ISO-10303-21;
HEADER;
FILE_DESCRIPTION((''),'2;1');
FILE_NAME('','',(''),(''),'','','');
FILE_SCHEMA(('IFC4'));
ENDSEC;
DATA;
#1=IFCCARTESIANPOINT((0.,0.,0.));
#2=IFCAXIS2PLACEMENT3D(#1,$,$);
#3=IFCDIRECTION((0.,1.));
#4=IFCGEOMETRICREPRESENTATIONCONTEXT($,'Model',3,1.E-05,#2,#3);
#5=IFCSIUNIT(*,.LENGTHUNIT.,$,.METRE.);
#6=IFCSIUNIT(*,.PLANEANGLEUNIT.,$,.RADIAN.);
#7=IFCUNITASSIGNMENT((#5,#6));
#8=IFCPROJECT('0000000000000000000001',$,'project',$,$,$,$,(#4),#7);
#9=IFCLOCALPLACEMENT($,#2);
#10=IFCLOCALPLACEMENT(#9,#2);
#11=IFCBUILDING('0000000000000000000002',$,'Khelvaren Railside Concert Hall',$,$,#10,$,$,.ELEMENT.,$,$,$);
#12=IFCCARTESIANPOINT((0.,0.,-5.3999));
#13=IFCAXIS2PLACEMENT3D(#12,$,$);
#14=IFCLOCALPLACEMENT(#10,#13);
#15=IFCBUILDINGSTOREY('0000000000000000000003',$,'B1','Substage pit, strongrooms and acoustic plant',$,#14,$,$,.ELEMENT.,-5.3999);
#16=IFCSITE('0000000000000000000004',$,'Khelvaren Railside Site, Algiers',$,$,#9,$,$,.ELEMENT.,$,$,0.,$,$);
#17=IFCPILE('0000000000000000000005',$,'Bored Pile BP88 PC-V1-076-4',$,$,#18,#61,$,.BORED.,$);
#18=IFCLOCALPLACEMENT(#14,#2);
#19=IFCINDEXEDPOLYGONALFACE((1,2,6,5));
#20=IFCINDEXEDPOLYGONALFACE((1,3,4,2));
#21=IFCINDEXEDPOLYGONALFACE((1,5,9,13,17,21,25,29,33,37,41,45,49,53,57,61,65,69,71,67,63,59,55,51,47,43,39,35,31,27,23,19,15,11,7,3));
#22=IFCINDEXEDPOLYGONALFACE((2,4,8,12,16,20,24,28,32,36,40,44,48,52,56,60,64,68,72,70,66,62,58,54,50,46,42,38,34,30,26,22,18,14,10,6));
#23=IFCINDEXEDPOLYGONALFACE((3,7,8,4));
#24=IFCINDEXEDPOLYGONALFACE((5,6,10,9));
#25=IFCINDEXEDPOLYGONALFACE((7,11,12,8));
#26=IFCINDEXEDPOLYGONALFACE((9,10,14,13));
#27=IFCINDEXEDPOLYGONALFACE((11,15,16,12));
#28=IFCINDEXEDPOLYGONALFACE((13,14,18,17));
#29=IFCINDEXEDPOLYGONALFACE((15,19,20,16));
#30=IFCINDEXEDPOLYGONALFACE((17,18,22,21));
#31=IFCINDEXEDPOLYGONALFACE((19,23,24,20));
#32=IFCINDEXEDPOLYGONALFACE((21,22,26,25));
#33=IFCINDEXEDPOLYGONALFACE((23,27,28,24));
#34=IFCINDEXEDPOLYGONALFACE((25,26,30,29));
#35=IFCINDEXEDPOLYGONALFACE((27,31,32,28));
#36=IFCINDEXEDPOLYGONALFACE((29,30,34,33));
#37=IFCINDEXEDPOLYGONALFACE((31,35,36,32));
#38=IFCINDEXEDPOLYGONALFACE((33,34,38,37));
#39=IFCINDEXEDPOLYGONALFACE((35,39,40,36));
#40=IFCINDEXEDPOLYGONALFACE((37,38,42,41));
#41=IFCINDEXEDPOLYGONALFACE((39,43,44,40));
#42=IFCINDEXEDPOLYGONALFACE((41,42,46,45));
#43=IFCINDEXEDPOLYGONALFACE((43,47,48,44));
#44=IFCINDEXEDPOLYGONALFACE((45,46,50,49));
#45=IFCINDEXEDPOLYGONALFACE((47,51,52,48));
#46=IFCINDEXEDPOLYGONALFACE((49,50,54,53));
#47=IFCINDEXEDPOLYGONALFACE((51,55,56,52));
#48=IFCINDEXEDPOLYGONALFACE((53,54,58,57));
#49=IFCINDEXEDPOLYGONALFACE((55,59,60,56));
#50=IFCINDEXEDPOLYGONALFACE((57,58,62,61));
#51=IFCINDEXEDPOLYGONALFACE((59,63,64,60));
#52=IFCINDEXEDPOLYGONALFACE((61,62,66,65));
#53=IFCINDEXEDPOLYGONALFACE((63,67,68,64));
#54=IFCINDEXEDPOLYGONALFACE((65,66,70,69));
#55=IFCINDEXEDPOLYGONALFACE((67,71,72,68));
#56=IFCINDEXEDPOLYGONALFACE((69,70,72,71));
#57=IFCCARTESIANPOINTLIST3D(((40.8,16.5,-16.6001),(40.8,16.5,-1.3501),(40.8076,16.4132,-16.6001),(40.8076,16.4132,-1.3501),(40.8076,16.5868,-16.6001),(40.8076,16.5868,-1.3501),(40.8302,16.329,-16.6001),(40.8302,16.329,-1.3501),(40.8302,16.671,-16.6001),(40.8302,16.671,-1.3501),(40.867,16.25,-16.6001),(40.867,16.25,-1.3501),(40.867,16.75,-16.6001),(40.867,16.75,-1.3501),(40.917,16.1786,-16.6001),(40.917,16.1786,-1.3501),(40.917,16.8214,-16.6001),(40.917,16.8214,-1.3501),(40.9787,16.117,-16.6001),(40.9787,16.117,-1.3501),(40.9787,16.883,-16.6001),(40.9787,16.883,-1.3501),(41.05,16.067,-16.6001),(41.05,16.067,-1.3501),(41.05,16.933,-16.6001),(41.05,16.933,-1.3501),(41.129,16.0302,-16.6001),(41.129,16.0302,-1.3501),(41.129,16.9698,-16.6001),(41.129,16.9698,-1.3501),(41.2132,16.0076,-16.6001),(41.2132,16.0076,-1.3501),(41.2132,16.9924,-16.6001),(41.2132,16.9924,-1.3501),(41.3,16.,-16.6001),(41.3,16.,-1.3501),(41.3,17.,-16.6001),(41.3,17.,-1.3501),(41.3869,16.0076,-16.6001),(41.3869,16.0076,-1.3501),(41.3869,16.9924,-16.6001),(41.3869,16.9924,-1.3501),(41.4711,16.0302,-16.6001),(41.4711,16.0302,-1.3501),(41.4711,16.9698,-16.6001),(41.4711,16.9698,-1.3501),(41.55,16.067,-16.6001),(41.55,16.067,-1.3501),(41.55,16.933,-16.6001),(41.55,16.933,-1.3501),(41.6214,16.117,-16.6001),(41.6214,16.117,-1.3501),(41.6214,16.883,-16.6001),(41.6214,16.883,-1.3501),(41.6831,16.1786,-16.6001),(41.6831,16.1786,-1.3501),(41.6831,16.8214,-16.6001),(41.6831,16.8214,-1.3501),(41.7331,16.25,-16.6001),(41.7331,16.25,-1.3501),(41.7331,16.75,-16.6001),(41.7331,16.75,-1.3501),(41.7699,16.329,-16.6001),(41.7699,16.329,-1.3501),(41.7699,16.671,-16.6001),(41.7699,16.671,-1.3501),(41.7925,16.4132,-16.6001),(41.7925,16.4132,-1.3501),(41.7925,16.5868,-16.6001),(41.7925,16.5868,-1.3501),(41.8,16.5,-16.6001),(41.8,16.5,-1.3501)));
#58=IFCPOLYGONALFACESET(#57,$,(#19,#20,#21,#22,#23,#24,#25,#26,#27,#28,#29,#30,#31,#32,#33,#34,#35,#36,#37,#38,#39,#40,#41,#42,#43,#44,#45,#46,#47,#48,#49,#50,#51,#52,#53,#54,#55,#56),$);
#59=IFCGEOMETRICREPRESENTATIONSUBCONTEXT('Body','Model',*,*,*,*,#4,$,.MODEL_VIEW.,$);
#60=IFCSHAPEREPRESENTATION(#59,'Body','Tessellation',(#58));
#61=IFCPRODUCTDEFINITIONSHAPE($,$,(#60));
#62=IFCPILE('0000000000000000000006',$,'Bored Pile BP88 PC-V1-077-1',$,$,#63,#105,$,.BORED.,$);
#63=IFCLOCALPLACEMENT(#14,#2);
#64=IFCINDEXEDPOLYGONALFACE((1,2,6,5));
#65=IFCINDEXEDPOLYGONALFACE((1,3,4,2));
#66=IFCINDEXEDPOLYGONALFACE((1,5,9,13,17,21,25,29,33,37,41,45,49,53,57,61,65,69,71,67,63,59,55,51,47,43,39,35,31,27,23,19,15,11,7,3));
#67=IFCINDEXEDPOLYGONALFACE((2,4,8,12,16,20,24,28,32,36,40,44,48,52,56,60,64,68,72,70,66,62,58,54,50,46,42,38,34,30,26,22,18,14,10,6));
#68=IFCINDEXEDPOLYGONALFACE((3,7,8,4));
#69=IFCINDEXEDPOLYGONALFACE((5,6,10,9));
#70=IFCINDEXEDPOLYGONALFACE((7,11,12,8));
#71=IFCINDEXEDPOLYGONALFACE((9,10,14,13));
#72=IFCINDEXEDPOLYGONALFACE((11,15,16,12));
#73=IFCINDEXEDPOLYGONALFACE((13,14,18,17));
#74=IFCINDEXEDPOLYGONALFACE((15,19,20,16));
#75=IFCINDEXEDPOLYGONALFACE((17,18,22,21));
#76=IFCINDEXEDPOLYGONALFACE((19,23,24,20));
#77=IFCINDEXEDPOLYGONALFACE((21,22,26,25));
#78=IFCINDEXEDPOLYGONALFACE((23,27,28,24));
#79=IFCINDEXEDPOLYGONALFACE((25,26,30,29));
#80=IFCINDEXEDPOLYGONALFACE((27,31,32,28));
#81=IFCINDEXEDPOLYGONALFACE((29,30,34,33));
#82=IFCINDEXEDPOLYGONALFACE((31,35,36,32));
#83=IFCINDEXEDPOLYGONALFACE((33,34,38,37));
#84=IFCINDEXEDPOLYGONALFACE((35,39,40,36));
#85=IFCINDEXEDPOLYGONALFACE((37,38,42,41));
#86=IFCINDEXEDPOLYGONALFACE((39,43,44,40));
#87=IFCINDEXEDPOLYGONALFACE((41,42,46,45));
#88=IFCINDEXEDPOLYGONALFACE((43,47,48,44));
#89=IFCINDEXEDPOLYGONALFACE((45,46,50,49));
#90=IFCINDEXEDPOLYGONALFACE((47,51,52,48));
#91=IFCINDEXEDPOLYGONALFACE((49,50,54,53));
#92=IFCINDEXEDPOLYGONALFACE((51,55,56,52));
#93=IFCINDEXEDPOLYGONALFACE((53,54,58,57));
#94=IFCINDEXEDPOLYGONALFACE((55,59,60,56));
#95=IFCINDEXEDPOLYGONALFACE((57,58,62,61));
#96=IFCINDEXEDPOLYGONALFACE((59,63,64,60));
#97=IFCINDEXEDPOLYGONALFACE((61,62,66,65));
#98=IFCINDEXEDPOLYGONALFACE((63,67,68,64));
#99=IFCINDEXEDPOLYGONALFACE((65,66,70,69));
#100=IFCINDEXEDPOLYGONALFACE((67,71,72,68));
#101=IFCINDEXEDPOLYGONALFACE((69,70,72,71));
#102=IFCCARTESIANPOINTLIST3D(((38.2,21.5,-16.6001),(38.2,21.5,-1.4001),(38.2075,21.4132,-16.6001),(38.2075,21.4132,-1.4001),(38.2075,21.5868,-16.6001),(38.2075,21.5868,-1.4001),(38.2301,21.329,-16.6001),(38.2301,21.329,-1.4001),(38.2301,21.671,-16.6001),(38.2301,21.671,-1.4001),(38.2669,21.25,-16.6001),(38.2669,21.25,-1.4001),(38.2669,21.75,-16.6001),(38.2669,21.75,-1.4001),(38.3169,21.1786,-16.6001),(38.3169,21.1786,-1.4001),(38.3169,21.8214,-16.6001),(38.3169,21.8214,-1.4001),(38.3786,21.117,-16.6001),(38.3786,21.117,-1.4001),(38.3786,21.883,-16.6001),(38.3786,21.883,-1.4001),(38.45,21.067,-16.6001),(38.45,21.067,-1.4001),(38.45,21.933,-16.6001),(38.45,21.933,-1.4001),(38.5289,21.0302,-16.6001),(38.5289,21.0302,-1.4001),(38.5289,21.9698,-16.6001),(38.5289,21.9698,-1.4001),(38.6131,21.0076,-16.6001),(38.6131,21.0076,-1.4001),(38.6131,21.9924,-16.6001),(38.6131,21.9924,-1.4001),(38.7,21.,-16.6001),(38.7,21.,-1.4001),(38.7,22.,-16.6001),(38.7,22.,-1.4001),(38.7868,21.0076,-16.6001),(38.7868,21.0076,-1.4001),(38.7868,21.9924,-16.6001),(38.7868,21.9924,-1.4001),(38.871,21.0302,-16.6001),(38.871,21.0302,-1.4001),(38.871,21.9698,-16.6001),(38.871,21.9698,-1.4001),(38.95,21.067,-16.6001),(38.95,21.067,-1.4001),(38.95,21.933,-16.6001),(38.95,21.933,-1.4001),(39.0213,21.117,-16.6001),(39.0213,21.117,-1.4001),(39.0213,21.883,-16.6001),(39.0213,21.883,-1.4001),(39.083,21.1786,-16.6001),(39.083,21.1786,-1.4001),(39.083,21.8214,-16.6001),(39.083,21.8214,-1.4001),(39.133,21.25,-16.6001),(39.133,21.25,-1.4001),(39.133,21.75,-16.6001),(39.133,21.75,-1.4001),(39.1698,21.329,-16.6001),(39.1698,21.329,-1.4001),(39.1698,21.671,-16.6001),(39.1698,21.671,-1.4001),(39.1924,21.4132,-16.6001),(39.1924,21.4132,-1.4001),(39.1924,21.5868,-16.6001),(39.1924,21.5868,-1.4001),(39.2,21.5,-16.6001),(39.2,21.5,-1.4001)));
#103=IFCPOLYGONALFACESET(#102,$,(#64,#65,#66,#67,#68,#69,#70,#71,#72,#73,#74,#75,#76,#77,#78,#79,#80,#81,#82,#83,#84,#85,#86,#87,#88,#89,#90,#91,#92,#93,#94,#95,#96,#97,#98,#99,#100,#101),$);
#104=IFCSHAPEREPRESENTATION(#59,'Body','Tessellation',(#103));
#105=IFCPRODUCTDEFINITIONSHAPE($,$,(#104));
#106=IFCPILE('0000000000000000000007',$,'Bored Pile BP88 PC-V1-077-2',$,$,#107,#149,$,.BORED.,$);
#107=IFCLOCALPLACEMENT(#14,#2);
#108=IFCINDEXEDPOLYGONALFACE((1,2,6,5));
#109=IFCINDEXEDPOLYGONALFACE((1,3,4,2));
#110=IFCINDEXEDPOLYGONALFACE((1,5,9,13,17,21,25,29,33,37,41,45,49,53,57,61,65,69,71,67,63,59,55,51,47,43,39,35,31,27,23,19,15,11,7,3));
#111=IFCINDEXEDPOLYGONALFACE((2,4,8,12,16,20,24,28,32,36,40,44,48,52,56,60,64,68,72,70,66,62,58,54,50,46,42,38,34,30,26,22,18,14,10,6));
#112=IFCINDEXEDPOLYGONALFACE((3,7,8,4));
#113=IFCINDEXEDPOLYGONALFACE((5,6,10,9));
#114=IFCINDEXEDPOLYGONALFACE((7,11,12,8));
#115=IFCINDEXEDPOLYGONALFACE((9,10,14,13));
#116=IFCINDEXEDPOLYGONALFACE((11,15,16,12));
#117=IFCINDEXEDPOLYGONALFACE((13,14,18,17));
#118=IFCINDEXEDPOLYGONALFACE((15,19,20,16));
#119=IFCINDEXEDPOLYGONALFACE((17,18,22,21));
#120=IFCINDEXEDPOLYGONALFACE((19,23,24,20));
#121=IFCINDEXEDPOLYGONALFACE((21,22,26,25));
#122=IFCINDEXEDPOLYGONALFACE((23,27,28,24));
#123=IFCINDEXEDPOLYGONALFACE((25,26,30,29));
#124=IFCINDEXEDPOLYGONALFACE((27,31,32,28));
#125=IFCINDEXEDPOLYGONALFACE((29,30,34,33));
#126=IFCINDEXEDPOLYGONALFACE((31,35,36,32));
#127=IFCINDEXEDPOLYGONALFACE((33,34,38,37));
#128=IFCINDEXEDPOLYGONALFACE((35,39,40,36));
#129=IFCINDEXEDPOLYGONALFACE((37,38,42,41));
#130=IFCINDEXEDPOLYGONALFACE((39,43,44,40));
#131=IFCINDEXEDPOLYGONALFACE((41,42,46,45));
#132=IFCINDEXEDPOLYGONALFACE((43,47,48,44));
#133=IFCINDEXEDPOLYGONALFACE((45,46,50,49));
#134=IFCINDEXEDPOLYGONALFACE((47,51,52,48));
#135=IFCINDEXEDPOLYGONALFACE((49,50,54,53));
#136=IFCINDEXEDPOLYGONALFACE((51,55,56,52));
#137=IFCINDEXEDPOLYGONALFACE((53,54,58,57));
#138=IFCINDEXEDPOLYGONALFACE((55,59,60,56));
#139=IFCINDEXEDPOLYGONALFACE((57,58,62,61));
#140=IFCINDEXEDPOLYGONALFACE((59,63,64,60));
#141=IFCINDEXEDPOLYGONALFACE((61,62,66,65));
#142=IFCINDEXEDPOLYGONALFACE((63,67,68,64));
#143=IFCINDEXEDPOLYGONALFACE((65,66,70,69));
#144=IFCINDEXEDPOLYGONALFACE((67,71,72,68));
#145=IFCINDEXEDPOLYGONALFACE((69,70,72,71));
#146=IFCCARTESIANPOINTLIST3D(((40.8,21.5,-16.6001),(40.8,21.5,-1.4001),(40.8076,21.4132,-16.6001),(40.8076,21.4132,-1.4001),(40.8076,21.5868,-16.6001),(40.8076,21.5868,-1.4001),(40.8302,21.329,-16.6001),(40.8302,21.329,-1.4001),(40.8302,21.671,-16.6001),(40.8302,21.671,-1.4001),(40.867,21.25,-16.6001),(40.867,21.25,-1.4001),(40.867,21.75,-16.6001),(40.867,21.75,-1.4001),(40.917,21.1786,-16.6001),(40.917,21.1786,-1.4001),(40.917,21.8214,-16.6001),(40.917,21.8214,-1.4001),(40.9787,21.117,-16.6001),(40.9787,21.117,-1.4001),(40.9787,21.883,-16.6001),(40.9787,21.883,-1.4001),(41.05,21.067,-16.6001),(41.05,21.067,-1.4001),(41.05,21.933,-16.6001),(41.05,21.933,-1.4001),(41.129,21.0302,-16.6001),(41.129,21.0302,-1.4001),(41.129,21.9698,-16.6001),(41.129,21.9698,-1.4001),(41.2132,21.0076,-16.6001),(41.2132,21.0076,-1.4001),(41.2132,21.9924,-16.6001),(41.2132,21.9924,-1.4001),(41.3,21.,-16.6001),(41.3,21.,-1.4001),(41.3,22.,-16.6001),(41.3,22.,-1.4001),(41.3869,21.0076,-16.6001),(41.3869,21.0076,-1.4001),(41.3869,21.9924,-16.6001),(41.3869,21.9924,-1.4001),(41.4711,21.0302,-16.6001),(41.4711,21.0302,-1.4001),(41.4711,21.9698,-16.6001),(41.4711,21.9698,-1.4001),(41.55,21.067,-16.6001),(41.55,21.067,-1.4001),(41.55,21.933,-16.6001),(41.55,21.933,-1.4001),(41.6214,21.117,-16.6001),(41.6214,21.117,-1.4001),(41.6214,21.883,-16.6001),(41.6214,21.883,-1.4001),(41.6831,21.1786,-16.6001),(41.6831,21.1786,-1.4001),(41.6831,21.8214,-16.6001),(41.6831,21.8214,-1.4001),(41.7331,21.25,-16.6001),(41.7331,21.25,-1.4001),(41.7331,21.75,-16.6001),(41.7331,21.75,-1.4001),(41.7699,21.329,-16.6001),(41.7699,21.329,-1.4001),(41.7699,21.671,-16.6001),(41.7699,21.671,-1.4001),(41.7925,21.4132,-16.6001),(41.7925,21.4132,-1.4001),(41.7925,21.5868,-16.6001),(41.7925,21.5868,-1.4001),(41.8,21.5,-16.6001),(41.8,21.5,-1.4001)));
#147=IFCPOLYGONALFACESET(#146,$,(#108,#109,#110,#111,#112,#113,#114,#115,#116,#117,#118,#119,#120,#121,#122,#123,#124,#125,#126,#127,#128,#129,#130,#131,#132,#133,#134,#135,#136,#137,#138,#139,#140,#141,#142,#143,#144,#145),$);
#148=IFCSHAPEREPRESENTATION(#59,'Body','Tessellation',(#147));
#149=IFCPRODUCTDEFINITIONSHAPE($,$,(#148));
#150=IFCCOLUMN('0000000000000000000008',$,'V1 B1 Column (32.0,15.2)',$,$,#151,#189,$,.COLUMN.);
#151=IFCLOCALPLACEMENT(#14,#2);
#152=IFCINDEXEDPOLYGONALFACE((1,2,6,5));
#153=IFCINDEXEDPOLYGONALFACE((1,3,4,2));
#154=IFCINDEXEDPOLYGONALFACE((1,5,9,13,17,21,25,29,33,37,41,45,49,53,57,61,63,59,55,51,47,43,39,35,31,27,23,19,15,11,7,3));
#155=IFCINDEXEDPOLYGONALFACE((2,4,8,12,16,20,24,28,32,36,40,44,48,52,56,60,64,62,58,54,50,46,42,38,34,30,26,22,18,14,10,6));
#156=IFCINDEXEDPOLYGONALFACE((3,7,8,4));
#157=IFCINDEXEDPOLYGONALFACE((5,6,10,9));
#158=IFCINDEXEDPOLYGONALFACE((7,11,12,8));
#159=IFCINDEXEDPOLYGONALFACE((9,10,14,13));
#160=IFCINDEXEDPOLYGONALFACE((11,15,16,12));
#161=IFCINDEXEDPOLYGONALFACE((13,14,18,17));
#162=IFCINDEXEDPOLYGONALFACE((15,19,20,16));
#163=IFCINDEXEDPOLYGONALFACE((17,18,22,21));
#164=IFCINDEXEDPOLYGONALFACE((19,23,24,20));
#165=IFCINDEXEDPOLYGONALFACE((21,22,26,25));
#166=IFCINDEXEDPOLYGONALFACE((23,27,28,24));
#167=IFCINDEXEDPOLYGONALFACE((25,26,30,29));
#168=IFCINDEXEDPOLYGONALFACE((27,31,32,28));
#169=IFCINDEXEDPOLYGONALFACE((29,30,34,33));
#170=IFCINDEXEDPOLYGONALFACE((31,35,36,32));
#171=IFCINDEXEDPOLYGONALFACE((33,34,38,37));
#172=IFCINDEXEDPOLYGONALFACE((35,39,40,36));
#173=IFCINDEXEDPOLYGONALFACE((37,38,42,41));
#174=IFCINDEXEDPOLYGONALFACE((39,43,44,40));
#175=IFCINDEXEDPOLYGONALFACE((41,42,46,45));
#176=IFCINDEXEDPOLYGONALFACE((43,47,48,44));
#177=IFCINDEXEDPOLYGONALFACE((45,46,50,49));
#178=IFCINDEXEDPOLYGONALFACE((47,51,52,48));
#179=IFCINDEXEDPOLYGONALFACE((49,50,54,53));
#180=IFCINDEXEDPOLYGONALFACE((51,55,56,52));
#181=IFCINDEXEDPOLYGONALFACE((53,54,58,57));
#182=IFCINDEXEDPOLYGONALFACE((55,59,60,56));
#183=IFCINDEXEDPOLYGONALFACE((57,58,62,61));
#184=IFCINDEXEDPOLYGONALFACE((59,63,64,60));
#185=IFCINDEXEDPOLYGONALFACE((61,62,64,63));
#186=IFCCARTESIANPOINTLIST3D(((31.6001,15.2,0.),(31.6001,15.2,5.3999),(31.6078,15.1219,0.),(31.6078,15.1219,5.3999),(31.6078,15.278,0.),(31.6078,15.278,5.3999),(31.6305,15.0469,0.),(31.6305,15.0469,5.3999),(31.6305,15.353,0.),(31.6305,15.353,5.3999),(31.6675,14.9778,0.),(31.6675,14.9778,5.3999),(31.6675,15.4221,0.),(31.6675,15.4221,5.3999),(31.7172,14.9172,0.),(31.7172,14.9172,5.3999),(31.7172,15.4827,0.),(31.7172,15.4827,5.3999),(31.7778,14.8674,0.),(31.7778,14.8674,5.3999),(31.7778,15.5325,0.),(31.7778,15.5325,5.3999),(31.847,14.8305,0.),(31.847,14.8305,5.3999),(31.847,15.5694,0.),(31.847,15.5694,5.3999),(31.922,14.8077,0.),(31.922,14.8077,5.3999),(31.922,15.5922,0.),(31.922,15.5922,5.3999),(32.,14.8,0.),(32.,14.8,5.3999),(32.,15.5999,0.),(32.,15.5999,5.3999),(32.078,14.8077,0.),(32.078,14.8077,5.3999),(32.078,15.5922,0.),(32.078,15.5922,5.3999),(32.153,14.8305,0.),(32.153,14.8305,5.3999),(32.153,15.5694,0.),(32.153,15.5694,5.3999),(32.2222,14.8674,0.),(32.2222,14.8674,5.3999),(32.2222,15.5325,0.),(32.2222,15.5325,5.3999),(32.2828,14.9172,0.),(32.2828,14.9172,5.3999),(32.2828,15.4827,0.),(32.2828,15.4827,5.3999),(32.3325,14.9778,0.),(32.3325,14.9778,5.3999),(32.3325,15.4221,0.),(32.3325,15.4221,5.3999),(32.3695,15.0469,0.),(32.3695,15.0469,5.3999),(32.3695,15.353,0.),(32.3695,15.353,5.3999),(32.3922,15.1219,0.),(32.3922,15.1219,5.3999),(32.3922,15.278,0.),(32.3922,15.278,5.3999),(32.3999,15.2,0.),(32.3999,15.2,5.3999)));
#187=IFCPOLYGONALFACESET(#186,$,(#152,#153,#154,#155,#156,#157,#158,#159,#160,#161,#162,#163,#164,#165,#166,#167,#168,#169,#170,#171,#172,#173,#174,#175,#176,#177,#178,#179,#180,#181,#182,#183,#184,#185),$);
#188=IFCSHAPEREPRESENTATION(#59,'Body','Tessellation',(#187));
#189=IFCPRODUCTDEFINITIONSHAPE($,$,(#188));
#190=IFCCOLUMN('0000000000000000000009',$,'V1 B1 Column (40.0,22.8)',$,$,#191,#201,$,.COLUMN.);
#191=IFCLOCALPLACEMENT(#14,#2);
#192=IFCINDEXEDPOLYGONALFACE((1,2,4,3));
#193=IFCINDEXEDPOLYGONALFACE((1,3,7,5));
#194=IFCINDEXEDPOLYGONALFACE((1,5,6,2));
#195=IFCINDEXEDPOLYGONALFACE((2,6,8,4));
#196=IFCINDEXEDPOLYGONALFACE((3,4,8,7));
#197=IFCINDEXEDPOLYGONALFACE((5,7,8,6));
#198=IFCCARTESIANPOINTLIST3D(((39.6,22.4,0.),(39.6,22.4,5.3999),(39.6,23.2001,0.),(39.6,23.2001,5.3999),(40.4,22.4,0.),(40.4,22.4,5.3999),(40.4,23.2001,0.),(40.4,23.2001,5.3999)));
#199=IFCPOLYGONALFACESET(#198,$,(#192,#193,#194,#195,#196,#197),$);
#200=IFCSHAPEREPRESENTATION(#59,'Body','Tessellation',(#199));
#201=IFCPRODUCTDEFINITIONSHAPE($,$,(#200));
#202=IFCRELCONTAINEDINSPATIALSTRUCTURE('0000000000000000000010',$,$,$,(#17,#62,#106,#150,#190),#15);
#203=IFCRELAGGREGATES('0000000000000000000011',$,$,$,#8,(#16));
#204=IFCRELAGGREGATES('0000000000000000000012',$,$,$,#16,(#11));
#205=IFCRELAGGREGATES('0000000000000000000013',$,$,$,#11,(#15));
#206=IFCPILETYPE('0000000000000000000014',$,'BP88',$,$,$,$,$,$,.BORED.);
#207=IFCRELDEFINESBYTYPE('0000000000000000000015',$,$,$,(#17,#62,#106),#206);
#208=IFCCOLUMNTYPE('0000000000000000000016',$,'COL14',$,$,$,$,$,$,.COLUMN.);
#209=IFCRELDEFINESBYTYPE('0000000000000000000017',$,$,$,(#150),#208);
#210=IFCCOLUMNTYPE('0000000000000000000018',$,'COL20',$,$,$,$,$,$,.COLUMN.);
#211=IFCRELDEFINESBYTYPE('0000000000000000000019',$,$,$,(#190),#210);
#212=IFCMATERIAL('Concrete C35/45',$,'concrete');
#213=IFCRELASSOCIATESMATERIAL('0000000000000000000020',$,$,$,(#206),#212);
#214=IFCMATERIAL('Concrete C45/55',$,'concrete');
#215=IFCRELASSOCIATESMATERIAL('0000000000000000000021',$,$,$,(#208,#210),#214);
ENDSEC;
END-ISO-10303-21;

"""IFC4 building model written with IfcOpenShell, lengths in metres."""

from ifc_helpers import new_model, si_unit, direction, frame, origin, origin_2d, place, context, subcontext, project, spatial, rectangle, circle, extrude, material, material_profile, profile_set, type_object, element, save


model = new_model("IFC4")

# Units and contexts
model_context = context("Model", 3, precision=1e-05, world=origin(), true_north=direction((0.0, 1.0)))
body_context = subcontext(model_context, "Body", "Model", "MODEL_VIEW")
ifc_project = project(units=[si_unit("LENGTHUNIT", "METRE"), si_unit("PLANEANGLEUNIT", "RADIAN")], contexts=[model_context])

# Site, building, storey
site_placement = place(None, origin())
site = spatial("IfcSite", under=ifc_project, at=site_placement, Name="Khelvaren Railside Site, Algiers", CompositionType="ELEMENT", RefElevation=0.0)
building_placement = place(site_placement, origin())
building = spatial("IfcBuilding", under=site, at=building_placement, Name="Khelvaren Railside Concert Hall", CompositionType="ELEMENT")
storey_placement = place(building_placement, frame((0.0, 0.0, -5.3999)))
storey = spatial("IfcBuildingStorey", under=building, at=storey_placement, Name="B1", Description="Substage pit, strongrooms and acoustic plant", CompositionType="ELEMENT", Elevation=-5.3999)

# Piles
ifc_material_1 = material(Name="Concrete C35/45", Category="concrete")
ifc_material_profile_1 = material_profile(ifc_material_1, circle(Radius=0.5, at=origin_2d()), Name="BP D1000")
ifc_profile_set_1 = profile_set([ifc_material_profile_1], Name="Concrete C35/45")
pile_type = type_object("IfcPileType", Name="BP88", PredefinedType="BORED", material=ifc_profile_set_1)
for number, where, z_axis, x_axis, name in (
    (1, (41.3, 16.5, -1.3501), (0.0, 0.0, -1.0), (1.0, 0.0, 0.0), "Bored Pile BP88 PC-V1-076-4"),
):
    element("IfcPile", number, at=place(storey_placement, frame(where, z_axis=z_axis, x_axis=x_axis)), inside=storey, type_object=pile_type, Name=name, PredefinedType="BORED", context=body_context, shape_type="SweptSolid", body=[
        extrude(circle(Radius=0.5, at=origin_2d()), origin(), (0.0, 0.0, 1.0), 15.25),
    ])
for number, where, z_axis, x_axis, name in (
    (2, (38.7, 21.5, -1.4001), (0.0, 0.0, -1.0), (1.0, 0.0, 0.0), "Bored Pile BP88 PC-V1-077-1"),
    (3, (41.3, 21.5, -1.4001), (0.0, 0.0, -1.0), (1.0, 0.0, 0.0), "Bored Pile BP88 PC-V1-077-2"),
):
    element("IfcPile", number, at=place(storey_placement, frame(where, z_axis=z_axis, x_axis=x_axis)), inside=storey, type_object=pile_type, Name=name, PredefinedType="BORED", context=body_context, shape_type="SweptSolid", body=[
        extrude(circle(Radius=0.5, at=origin_2d()), origin(), (0.0, 0.0, 1.0), 15.2),
    ])

# Columns
ifc_material_2 = material(Name="Concrete C45/55", Category="concrete")
ifc_material_profile_2 = material_profile(ifc_material_2, circle(Radius=0.3999, at=origin_2d()), Name="RC D800")
ifc_profile_set_2 = profile_set([ifc_material_profile_2], Name="Concrete C45/55")
column_type_1 = type_object("IfcColumnType", Name="COL14", PredefinedType="COLUMN", material=ifc_profile_set_2)
column_1_placement = place(storey_placement, frame((32.0, 15.2, 0.0), z_axis=(0.0, 0.0, 1.0), x_axis=(1.0, 0.0, 0.0)))
element("IfcColumn", 4, at=column_1_placement, inside=storey, type_object=column_type_1, Name="V1 B1 Column (32.0,15.2)", PredefinedType="COLUMN", context=body_context, shape_type="SweptSolid", body=[
    extrude(circle(Radius=0.3999, at=origin_2d()), origin(), (0.0, 0.0, 1.0), 5.3999),
])
ifc_material_profile_3 = material_profile(ifc_material_2, rectangle(XDim=0.8, YDim=0.8, at=origin_2d()), Name="RC 800x800")
ifc_profile_set_3 = profile_set([ifc_material_profile_3], Name="Concrete C45/55")
column_type_2 = type_object("IfcColumnType", Name="COL20", PredefinedType="COLUMN", material=ifc_profile_set_3)
column_2_placement = place(storey_placement, frame((40.0, 22.8, 0.0), z_axis=(0.0, 0.0, 1.0), x_axis=(1.0, 0.0, 0.0)))
element("IfcColumn", 5, at=column_2_placement, inside=storey, type_object=column_type_2, Name="V1 B1 Column (40.0,22.8)", PredefinedType="COLUMN", context=body_context, shape_type="SweptSolid", body=[
    extrude(rectangle(XDim=0.8, YDim=0.8, at=origin_2d()), origin(), (0.0, 0.0, 1.0), 5.3999),
])

save(model, "model.ifc")
